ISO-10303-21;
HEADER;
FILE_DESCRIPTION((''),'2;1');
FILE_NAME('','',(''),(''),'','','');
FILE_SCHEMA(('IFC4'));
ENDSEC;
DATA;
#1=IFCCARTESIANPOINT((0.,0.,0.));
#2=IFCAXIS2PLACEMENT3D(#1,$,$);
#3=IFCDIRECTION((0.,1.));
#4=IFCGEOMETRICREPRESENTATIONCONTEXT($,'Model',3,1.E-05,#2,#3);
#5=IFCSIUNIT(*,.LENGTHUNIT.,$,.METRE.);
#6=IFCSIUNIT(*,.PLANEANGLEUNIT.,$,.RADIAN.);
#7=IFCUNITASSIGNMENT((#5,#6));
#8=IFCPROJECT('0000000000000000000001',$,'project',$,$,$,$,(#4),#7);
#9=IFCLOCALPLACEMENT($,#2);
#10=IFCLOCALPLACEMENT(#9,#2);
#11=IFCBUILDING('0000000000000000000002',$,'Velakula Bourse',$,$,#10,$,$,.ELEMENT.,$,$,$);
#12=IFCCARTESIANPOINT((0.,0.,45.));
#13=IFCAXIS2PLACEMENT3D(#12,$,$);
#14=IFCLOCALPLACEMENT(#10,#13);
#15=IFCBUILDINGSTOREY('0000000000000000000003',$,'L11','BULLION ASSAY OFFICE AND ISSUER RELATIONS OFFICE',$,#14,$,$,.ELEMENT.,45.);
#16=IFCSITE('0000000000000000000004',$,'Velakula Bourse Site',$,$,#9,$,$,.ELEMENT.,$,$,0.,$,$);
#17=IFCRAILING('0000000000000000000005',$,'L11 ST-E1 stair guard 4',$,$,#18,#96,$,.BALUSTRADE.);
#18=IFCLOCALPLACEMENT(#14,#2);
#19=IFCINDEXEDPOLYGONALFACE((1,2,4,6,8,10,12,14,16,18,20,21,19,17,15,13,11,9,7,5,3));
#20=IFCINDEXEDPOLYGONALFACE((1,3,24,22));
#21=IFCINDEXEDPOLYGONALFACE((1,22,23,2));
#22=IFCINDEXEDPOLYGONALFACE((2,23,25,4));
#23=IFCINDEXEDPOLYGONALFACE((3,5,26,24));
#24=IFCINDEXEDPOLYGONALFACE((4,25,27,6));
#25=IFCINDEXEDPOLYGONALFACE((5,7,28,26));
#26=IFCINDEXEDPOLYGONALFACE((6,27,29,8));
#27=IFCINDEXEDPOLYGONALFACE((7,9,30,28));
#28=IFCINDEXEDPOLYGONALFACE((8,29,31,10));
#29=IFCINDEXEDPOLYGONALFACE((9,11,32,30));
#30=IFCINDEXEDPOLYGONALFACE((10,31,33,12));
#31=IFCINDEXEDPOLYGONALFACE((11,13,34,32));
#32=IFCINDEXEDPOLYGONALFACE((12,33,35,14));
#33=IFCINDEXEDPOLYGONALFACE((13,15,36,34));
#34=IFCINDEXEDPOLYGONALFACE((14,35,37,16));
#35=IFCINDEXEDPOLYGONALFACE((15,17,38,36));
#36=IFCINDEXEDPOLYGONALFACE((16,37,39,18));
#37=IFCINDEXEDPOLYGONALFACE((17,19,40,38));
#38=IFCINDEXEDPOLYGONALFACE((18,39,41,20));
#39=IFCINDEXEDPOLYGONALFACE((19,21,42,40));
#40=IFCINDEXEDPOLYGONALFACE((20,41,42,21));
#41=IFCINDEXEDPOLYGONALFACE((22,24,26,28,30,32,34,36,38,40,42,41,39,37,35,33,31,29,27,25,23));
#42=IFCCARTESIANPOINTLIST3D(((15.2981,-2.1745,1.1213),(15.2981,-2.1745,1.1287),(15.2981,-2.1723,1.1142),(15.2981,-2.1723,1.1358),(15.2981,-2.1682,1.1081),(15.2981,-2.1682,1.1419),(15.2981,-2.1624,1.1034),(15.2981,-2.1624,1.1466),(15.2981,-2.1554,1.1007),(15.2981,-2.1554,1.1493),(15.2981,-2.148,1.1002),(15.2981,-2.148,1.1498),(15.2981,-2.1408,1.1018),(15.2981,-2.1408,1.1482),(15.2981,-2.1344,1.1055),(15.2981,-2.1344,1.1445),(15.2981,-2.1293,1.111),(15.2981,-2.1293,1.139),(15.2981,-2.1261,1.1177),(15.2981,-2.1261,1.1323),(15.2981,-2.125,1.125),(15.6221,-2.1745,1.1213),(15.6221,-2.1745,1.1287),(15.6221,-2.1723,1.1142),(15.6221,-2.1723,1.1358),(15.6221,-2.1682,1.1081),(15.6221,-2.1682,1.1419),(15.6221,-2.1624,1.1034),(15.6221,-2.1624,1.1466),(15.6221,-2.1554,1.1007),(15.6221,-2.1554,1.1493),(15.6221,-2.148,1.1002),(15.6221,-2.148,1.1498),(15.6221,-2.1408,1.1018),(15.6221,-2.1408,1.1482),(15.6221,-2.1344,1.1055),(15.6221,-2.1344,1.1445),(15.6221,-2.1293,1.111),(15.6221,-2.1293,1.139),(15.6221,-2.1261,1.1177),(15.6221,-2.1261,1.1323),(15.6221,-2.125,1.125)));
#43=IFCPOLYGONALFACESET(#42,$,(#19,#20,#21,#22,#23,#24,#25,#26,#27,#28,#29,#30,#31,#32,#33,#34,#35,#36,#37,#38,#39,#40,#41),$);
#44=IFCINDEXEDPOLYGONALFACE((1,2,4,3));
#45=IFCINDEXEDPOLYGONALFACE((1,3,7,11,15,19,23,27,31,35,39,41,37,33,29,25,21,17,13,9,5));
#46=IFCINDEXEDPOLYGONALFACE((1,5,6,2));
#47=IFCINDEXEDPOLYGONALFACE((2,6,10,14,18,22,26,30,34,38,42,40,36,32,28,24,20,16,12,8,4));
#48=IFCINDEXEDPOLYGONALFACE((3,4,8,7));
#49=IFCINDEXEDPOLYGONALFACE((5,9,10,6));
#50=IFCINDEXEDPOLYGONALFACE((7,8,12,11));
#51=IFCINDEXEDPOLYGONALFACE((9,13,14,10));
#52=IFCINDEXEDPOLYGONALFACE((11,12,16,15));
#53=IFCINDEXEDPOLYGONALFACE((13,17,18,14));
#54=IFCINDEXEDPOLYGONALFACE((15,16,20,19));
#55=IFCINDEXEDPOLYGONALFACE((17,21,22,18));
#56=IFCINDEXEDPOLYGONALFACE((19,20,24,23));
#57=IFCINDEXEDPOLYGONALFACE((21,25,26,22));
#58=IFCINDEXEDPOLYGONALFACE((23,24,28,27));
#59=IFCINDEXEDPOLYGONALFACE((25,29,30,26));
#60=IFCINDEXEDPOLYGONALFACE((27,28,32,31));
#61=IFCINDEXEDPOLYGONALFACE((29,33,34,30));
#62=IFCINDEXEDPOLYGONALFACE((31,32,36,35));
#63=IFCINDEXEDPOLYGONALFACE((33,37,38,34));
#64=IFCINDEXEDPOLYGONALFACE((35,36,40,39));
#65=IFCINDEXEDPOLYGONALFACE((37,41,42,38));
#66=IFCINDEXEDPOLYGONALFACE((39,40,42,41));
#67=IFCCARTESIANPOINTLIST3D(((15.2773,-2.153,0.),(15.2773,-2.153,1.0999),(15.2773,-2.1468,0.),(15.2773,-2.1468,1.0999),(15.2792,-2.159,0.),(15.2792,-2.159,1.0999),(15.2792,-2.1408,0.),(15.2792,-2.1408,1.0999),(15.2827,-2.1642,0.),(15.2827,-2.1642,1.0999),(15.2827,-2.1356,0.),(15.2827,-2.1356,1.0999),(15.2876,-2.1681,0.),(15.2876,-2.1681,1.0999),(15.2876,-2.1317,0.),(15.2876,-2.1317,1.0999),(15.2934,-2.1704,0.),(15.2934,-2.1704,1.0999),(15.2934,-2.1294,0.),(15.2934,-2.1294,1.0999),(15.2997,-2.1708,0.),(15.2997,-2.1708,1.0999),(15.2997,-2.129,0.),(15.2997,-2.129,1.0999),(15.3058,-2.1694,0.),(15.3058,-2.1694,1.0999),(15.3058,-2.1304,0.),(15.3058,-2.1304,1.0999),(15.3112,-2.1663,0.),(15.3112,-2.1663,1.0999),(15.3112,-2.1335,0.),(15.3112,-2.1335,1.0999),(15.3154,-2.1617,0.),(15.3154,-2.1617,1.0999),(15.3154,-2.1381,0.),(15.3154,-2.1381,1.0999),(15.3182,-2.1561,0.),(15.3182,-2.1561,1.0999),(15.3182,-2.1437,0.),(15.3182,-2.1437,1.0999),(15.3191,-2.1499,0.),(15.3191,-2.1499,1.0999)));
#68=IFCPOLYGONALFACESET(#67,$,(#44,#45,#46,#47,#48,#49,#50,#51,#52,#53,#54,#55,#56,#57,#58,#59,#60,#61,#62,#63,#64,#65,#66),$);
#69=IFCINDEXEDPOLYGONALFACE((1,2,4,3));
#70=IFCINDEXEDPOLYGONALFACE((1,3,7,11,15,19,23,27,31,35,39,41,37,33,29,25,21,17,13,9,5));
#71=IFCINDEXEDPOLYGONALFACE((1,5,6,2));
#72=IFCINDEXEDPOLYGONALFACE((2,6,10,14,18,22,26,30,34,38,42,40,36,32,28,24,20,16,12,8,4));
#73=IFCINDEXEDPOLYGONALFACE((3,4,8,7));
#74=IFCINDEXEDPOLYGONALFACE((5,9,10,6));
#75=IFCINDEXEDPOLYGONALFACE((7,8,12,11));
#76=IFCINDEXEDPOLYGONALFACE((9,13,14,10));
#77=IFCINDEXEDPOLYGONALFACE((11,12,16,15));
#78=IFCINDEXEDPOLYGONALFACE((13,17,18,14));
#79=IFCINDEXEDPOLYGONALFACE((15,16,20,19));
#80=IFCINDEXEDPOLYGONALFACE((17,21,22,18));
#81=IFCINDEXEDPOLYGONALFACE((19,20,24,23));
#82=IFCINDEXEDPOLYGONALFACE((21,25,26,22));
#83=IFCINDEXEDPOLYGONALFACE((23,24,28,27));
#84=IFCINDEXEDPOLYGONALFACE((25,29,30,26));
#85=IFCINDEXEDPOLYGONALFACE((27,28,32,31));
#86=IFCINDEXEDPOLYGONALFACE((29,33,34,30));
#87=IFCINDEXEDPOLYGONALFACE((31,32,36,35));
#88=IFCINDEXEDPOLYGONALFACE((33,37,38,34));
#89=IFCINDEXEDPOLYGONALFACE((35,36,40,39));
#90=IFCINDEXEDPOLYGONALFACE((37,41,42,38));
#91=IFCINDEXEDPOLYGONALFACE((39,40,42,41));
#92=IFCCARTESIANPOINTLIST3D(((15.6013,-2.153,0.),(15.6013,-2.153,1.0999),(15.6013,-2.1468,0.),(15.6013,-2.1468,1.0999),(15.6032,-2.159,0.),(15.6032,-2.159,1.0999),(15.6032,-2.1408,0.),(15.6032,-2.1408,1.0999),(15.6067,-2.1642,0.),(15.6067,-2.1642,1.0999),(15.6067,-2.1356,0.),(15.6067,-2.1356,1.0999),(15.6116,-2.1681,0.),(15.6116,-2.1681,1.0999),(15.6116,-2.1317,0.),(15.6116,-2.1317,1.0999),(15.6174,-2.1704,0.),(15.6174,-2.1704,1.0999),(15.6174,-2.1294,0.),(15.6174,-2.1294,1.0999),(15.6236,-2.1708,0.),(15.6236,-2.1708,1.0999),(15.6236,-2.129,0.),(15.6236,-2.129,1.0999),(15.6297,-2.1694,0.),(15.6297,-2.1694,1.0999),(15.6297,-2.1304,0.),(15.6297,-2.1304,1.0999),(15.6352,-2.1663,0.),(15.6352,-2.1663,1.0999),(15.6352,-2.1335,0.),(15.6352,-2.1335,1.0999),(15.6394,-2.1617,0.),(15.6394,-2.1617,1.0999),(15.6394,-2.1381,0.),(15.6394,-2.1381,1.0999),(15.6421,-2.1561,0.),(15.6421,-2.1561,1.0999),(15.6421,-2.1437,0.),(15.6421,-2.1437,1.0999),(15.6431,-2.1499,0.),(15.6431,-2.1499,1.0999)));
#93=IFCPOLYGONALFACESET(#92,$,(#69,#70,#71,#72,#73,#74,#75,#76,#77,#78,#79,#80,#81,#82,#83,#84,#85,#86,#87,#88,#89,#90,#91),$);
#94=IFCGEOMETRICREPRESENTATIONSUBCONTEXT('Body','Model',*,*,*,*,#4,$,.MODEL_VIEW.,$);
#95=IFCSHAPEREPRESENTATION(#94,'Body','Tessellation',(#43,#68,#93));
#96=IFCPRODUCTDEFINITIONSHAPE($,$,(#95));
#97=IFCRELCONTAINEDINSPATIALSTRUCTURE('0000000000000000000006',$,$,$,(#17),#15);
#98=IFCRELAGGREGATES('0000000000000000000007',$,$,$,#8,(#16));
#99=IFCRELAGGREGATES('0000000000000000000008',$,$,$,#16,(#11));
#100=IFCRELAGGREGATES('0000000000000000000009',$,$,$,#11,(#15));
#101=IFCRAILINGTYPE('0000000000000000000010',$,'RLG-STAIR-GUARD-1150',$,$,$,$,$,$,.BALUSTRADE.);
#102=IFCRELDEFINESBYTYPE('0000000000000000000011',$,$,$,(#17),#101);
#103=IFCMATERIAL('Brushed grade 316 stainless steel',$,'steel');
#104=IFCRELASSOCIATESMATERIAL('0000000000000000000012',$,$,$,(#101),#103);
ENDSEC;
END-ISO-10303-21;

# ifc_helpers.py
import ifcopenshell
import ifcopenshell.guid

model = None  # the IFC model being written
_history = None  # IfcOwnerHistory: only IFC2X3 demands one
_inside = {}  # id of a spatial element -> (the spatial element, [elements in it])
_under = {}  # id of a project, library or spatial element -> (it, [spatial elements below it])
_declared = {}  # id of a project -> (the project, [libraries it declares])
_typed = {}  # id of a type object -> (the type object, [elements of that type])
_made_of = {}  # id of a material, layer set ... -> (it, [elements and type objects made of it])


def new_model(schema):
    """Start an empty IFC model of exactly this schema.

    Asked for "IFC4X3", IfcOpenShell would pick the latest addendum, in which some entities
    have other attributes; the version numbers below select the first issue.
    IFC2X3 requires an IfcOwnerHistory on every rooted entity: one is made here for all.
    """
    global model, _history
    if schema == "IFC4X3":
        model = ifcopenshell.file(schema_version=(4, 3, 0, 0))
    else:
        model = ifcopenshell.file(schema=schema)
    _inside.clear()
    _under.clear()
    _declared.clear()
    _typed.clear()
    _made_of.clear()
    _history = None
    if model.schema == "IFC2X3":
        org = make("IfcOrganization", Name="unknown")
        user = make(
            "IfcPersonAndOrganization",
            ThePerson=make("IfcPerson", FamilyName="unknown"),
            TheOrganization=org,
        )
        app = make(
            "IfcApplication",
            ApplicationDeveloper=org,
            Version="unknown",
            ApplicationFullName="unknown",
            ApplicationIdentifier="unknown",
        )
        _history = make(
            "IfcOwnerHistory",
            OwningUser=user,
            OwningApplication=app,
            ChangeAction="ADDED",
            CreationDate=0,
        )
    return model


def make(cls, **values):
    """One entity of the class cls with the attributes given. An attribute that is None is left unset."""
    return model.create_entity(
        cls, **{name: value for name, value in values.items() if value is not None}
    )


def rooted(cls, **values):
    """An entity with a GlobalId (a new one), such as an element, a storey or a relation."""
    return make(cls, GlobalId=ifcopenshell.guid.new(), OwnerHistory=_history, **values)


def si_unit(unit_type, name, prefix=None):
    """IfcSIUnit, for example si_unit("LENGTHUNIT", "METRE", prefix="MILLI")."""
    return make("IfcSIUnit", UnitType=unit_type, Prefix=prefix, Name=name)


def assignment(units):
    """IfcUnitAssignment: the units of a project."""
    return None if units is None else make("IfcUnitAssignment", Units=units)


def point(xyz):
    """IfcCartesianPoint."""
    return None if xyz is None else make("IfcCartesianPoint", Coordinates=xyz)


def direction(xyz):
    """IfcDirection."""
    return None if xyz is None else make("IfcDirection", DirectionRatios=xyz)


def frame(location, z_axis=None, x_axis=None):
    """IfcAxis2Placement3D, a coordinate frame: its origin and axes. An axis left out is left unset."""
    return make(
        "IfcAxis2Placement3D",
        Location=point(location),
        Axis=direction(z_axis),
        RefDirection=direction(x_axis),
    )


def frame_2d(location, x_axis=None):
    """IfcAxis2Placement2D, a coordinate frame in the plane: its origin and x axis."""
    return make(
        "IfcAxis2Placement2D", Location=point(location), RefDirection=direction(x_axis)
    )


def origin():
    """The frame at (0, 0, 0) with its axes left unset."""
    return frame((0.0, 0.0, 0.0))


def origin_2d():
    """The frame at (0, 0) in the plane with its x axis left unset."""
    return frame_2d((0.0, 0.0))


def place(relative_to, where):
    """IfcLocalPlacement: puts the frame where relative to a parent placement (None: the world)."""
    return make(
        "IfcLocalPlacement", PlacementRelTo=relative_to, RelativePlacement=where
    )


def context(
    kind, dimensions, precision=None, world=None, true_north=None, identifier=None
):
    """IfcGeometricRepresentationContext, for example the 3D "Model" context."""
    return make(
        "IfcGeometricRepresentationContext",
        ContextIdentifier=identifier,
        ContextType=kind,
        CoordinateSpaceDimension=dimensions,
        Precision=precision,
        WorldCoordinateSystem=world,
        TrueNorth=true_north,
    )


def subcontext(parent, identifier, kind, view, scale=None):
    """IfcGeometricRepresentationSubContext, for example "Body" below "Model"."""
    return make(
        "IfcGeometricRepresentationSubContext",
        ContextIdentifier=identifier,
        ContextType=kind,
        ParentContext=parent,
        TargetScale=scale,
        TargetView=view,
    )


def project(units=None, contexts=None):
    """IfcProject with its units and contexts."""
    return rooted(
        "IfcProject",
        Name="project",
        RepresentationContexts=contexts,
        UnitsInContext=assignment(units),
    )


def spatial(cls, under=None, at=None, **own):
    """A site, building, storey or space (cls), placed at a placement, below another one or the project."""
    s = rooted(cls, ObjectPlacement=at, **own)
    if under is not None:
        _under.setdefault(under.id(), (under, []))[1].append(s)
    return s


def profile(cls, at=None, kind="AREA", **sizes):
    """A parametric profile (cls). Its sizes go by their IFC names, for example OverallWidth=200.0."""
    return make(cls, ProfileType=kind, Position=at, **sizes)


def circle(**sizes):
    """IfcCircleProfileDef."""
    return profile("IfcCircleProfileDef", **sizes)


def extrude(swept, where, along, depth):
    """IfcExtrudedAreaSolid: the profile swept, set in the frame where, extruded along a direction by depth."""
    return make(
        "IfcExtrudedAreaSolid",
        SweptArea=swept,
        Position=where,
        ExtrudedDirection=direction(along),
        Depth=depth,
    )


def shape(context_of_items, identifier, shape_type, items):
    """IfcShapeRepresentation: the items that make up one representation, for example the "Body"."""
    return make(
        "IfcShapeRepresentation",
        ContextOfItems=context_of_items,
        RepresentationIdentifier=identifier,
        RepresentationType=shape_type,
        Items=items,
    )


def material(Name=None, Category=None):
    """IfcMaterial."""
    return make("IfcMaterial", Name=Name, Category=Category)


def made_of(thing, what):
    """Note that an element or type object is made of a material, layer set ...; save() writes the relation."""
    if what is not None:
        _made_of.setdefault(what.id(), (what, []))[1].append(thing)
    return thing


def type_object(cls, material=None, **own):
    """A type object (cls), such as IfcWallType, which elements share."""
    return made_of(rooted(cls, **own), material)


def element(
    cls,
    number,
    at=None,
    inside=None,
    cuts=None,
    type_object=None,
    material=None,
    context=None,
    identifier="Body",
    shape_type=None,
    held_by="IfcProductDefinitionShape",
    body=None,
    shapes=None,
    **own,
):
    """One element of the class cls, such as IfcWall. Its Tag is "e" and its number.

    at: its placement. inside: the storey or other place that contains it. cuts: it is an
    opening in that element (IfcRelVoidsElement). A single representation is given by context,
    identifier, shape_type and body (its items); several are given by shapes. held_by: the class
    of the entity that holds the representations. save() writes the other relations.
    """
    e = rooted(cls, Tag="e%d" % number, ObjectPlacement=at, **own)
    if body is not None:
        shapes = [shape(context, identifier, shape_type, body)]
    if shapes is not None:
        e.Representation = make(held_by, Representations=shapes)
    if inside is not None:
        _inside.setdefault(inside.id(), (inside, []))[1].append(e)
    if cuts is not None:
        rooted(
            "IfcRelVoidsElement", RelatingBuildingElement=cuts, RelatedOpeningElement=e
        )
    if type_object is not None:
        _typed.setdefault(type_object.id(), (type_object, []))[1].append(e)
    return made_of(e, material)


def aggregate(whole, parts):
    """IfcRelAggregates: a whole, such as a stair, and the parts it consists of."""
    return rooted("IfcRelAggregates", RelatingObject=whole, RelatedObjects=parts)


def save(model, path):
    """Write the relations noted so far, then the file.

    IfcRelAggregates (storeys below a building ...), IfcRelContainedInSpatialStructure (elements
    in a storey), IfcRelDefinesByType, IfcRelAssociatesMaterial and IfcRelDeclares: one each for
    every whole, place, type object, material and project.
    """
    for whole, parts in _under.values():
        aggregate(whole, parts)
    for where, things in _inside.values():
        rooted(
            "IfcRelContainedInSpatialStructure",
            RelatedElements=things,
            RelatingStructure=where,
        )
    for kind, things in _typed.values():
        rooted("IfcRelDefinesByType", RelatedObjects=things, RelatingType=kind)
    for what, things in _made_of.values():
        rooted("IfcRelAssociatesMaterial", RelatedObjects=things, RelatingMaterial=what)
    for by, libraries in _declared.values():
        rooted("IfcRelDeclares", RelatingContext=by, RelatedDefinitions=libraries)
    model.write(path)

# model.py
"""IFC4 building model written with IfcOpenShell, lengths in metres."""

from ifc_helpers import new_model, si_unit, direction, frame, origin, origin_2d, place, context, subcontext, project, spatial, circle, extrude, material, type_object, element, save


model = new_model("IFC4")

# Units and contexts
model_context = context("Model", 3, precision=1e-05, world=origin(), true_north=direction((0.0, 1.0)))
body_context = subcontext(model_context, "Body", "Model", "MODEL_VIEW")
ifc_project = project(units=[si_unit("LENGTHUNIT", "METRE"), si_unit("PLANEANGLEUNIT", "RADIAN")], contexts=[model_context])

# Site, building, storey
site_placement = place(None, origin())
site = spatial("IfcSite", under=ifc_project, at=site_placement, Name="Velakula Bourse Site", CompositionType="ELEMENT", RefElevation=0.0)
building_placement = place(site_placement, origin())
building = spatial("IfcBuilding", under=site, at=building_placement, Name="Velakula Bourse", CompositionType="ELEMENT")
storey_placement = place(building_placement, frame((0.0, 0.0, 45.0)))
storey = spatial("IfcBuildingStorey", under=building, at=storey_placement, Name="L11", Description="BULLION ASSAY OFFICE AND ISSUER RELATIONS OFFICE", CompositionType="ELEMENT", Elevation=45.0)

# Shared definitions
ifc_material_1 = material(Name="Brushed grade 316 stainless steel", Category="steel")

# Railing
railing_type_1 = type_object("IfcRailingType", Name="RLG-STAIR-GUARD-1150", PredefinedType="BALUSTRADE", material=ifc_material_1)
railing_1_placement = place(storey_placement, frame((15.2981, -2.1499, 0.0)))
element("IfcRailing", 1, at=railing_1_placement, inside=storey, type_object=railing_type_1, Name="L11 ST-E1 stair guard 4", PredefinedType="BALUSTRADE", context=body_context, shape_type="SweptSolid", body=[
    extrude(circle(Radius=0.0249, at=origin_2d()), frame((0.0, 0.0, 1.125), z_axis=(1.0, 0.0, 0.0), x_axis=(0.0, 1.0, 0.0)), (0.0, 0.0, 1.0), 0.324),
    extrude(circle(Radius=0.021, at=origin_2d()), origin(), (0.0, 0.0, 1.0), 1.0999),
    extrude(circle(Radius=0.021, at=origin_2d()), frame((0.324, 0.0, 0.0)), (0.0, 0.0, 1.0), 1.0999),
])

save(model, "model.ifc")
